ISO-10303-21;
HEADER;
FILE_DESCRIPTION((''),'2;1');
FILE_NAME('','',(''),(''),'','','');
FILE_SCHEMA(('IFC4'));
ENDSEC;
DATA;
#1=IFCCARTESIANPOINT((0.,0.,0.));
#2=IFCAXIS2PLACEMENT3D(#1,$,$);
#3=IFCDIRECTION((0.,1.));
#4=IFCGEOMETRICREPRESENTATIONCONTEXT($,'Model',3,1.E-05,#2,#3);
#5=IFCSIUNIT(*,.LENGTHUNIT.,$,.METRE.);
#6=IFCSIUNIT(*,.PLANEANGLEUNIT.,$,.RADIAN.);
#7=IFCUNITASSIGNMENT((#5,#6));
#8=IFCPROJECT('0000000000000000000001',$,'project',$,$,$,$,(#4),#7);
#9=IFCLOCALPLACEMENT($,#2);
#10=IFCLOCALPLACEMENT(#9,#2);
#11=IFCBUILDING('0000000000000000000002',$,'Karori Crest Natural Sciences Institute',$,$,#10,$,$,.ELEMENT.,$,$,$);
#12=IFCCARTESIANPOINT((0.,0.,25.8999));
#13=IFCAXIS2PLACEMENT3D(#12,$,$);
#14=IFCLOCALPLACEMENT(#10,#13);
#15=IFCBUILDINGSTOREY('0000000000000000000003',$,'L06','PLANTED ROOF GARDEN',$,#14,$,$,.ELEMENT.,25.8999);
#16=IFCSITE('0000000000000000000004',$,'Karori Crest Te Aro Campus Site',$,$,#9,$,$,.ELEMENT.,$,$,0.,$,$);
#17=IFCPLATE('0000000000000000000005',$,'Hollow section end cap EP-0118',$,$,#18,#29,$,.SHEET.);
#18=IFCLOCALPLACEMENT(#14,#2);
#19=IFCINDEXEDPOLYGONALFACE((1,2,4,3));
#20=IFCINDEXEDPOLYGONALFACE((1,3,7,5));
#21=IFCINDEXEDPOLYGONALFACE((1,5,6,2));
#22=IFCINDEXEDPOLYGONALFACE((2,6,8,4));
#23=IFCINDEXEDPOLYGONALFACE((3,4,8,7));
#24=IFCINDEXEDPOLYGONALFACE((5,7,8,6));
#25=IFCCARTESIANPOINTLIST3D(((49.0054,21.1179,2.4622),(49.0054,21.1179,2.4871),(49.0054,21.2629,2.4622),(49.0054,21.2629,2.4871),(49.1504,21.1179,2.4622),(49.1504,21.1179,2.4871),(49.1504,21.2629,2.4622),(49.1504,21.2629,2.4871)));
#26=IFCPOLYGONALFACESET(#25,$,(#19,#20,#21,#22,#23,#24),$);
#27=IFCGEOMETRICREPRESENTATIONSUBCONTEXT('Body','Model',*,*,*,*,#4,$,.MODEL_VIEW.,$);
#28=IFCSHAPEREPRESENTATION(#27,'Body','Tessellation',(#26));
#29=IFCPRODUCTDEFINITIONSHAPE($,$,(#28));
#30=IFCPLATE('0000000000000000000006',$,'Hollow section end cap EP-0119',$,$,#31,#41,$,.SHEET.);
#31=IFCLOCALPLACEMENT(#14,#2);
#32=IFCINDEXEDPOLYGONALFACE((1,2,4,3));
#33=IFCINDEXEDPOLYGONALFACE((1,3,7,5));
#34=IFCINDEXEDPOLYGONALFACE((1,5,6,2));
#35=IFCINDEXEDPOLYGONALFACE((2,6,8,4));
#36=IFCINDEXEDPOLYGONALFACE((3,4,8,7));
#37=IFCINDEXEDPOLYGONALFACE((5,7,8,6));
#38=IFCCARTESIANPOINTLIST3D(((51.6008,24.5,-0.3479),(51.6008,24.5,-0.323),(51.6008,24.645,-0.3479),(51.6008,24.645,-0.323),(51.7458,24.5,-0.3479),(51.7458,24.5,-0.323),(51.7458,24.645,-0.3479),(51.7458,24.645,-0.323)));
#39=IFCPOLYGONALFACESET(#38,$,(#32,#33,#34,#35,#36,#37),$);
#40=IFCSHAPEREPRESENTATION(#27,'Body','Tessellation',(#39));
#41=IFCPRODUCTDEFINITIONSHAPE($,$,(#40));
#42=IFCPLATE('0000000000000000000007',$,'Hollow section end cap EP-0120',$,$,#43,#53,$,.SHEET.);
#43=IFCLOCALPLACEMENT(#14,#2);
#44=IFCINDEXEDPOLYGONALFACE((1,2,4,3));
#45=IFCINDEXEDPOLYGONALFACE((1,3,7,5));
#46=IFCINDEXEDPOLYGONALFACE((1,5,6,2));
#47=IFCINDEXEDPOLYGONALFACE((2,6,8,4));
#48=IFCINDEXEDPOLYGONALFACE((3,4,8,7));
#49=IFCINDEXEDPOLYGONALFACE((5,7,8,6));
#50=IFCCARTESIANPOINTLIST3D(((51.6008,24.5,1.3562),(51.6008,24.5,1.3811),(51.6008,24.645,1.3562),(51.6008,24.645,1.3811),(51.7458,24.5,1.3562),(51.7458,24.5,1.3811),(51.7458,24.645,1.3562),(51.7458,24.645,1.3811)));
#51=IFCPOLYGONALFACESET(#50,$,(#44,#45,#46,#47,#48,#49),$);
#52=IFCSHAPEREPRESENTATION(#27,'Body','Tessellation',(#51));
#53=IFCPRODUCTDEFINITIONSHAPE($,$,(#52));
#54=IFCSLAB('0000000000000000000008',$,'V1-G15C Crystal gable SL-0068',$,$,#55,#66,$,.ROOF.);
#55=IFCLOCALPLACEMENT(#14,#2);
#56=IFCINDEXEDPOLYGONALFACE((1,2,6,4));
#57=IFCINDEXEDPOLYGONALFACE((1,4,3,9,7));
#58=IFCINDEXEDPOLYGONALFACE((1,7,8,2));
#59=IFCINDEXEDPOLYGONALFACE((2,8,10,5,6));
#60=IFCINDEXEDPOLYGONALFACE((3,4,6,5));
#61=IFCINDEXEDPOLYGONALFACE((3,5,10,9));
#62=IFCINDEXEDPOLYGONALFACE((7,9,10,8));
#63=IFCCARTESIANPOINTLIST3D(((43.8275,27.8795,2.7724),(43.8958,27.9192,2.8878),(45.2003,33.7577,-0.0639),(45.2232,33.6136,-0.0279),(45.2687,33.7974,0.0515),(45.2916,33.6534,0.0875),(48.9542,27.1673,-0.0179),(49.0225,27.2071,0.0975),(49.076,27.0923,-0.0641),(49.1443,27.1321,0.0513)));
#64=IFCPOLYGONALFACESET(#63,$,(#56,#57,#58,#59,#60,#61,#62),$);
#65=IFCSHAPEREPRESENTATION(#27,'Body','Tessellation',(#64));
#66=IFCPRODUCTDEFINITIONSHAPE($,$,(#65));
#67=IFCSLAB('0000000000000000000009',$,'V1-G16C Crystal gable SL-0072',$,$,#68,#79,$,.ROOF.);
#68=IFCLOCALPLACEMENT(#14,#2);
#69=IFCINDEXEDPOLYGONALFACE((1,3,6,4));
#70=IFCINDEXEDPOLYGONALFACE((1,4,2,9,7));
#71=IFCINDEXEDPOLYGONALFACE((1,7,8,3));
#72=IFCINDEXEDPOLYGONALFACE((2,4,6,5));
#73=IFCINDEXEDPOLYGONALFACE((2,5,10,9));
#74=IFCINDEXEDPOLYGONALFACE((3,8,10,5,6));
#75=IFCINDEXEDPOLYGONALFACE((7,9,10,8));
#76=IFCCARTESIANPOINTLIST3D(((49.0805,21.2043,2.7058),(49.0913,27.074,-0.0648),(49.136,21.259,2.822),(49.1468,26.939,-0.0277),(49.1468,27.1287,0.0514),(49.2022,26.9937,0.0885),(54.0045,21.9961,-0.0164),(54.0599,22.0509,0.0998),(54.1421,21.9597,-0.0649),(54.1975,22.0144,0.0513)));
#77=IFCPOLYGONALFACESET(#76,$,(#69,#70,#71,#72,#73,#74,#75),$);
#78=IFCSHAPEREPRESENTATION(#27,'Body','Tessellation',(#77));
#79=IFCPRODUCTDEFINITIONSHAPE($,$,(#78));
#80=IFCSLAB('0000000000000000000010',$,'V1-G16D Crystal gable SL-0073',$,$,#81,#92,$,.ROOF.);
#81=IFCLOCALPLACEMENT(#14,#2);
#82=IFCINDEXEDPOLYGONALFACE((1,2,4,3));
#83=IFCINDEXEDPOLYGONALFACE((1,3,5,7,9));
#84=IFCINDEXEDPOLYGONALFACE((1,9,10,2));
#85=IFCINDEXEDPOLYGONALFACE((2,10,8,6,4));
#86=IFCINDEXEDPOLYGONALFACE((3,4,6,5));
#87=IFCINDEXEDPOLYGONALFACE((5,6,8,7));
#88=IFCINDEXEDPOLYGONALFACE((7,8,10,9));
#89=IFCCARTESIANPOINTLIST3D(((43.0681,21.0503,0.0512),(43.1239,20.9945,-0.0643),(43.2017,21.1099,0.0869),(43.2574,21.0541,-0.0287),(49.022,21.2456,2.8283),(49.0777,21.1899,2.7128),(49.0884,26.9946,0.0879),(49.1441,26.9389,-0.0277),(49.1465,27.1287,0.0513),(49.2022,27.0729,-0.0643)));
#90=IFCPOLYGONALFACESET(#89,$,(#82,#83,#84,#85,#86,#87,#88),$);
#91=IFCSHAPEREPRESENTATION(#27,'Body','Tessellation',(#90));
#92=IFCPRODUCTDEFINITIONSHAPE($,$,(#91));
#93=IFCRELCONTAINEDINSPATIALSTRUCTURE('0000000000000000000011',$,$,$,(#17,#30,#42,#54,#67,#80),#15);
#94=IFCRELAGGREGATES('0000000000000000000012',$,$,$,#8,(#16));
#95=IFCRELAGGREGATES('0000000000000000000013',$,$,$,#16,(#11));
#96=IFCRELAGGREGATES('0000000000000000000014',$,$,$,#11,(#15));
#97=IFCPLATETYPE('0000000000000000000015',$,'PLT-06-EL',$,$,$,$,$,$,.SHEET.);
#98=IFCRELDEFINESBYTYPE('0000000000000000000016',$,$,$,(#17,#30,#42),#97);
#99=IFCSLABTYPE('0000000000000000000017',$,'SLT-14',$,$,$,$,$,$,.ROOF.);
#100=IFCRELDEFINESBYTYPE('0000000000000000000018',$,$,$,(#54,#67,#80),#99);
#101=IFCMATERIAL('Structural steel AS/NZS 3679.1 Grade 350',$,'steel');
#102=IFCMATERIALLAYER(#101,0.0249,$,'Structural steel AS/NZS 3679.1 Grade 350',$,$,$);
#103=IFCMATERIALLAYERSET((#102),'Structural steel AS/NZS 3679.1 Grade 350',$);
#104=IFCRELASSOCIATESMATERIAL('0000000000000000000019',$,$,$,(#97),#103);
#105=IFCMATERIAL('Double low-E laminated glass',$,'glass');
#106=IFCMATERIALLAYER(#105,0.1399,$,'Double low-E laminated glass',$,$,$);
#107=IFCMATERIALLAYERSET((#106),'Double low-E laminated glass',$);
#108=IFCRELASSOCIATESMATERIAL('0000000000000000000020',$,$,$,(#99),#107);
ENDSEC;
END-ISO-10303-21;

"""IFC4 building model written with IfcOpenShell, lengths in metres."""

from ifc_helpers import new_model, si_unit, direction, frame, origin, origin_2d, place, context, subcontext, project, spatial, polyline, rectangle, outline, extrude, material, layer, layer_set, type_object, element, save


model = new_model("IFC4")

# Units and contexts
model_context = context("Model", 3, precision=1e-05, world=origin(), true_north=direction((0.0, 1.0)))
body_context = subcontext(model_context, "Body", "Model", "MODEL_VIEW")
ifc_project = project(units=[si_unit("LENGTHUNIT", "METRE"), si_unit("PLANEANGLEUNIT", "RADIAN")], contexts=[model_context])

# Site, building, storey
site_placement = place(None, origin())
site = spatial("IfcSite", under=ifc_project, at=site_placement, Name="Karori Crest Te Aro Campus Site", CompositionType="ELEMENT", RefElevation=0.0)
building_placement = place(site_placement, origin())
building = spatial("IfcBuilding", under=site, at=building_placement, Name="Karori Crest Natural Sciences Institute", CompositionType="ELEMENT")
storey_placement = place(building_placement, frame((0.0, 0.0, 25.8999)))
storey = spatial("IfcBuildingStorey", under=building, at=storey_placement, Name="L06", Description="PLANTED ROOF GARDEN", CompositionType="ELEMENT", Elevation=25.8999)

# Shared definitions
ifc_material_1 = material(Name="Structural steel AS/NZS 3679.1 Grade 350", Category="steel")

# Shared definitions
ifc_material_2 = material(Name="Double low-E laminated glass", Category="glass")

# Plates
ifc_layer_1 = layer(ifc_material_1, 0.0249, Name="Structural steel AS/NZS 3679.1 Grade 350")
ifc_layer_set_1 = layer_set([ifc_layer_1], Name="Structural steel AS/NZS 3679.1 Grade 350")
plate_type_1 = type_object("IfcPlateType", Name="PLT-06-EL", PredefinedType="SHEET", material=ifc_layer_set_1)
for number, where, z_axis, x_axis, name in (
    (1, (49.0779, 21.1904, 2.4622), (0.0, 0.0, 1.0), (1.0, 0.0, 0.0), "Hollow section end cap EP-0118"),
    (2, (51.6733, 24.5725, -0.3479), (0.0, 0.0, 1.0), (1.0, 0.0, 0.0), "Hollow section end cap EP-0119"),
    (3, (51.6733, 24.5725, 1.3562), (0.0, 0.0, 1.0), (1.0, 0.0, 0.0), "Hollow section end cap EP-0120"),
):
    element("IfcPlate", number, at=place(storey_placement, frame(where, z_axis=z_axis, x_axis=x_axis)), inside=storey, type_object=plate_type_1, Name=name, PredefinedType="SHEET", context=body_context, shape_type="SweptSolid", body=[
        extrude(rectangle(XDim=0.145, YDim=0.145, at=origin_2d()), origin(), (0.0, 0.0, 1.0), 0.0249),
    ])

# Slabs
ifc_layer_2 = layer(ifc_material_2, 0.1399, Name="Double low-E laminated glass")
ifc_layer_set_2 = layer_set([ifc_layer_2], Name="Double low-E laminated glass")
slab_type = type_object("IfcSlabType", Name="SLT-14", PredefinedType="ROOF", material=ifc_layer_set_2)
slab_1_placement = place(storey_placement, frame((49.1443, 27.1321, 0.0513), z_axis=(0.488491, 0.284009, 0.825055), x_axis=(-0.502659, 0.864485, 0.000028)))
element("IfcSlab", 4, at=slab_1_placement, inside=storey, type_object=slab_type, Name="V1-G15C Crystal gable SL-0068", PredefinedType="ROOF", context=body_context, shape_type="SweptSolid", body=[
    extrude(outline(polyline([(0.0, 0.0), (7.7102, 0.0), (7.5742, 0.0638), (3.3187, 5.0198), (0.126, 0.0819), (0.0, 0.0)])), origin(), (0.0, 0.0, -1.0), 0.1399),
])
slab_2_placement = place(storey_placement, frame((54.1975, 22.0144, 0.0513), z_axis=(0.396258, 0.391315, 0.830573), x_axis=(-0.70267, 0.711515, 0.000015)))
element("IfcSlab", 5, at=slab_2_placement, inside=storey, type_object=slab_type, Name="V1-G16C Crystal gable SL-0072", PredefinedType="ROOF", context=body_context, shape_type="SweptSolid", body=[
    extrude(outline(polyline([(0.0, 0.0), (7.1879, 0.0), (7.0529, 0.0667), (3.0192, 4.9751), (0.1226, 0.0871), (0.0, 0.0)])), origin(), (0.0, 0.0, -1.0), 0.1399),
])
slab_3_placement = place(storey_placement, frame((49.1465, 27.1287, 0.0513), z_axis=(-0.398419, 0.398414, 0.826153), x_axis=(-0.707105, -0.707108, -0.000003)))
element("IfcSlab", 6, at=slab_3_placement, inside=storey, type_object=slab_type, Name="V1-G16D Crystal gable SL-0073", PredefinedType="ROOF", context=body_context, shape_type="SweptSolid", body=[
    extrude(outline(polyline([(0.0, 0.0), (8.5961, 0.0), (8.4596, 0.0633), (4.248, 4.9288), (0.1359, 0.065), (0.0, 0.0)])), origin(), (0.0, 0.0, -1.0), 0.1399),
])

save(model, "model.ifc")
